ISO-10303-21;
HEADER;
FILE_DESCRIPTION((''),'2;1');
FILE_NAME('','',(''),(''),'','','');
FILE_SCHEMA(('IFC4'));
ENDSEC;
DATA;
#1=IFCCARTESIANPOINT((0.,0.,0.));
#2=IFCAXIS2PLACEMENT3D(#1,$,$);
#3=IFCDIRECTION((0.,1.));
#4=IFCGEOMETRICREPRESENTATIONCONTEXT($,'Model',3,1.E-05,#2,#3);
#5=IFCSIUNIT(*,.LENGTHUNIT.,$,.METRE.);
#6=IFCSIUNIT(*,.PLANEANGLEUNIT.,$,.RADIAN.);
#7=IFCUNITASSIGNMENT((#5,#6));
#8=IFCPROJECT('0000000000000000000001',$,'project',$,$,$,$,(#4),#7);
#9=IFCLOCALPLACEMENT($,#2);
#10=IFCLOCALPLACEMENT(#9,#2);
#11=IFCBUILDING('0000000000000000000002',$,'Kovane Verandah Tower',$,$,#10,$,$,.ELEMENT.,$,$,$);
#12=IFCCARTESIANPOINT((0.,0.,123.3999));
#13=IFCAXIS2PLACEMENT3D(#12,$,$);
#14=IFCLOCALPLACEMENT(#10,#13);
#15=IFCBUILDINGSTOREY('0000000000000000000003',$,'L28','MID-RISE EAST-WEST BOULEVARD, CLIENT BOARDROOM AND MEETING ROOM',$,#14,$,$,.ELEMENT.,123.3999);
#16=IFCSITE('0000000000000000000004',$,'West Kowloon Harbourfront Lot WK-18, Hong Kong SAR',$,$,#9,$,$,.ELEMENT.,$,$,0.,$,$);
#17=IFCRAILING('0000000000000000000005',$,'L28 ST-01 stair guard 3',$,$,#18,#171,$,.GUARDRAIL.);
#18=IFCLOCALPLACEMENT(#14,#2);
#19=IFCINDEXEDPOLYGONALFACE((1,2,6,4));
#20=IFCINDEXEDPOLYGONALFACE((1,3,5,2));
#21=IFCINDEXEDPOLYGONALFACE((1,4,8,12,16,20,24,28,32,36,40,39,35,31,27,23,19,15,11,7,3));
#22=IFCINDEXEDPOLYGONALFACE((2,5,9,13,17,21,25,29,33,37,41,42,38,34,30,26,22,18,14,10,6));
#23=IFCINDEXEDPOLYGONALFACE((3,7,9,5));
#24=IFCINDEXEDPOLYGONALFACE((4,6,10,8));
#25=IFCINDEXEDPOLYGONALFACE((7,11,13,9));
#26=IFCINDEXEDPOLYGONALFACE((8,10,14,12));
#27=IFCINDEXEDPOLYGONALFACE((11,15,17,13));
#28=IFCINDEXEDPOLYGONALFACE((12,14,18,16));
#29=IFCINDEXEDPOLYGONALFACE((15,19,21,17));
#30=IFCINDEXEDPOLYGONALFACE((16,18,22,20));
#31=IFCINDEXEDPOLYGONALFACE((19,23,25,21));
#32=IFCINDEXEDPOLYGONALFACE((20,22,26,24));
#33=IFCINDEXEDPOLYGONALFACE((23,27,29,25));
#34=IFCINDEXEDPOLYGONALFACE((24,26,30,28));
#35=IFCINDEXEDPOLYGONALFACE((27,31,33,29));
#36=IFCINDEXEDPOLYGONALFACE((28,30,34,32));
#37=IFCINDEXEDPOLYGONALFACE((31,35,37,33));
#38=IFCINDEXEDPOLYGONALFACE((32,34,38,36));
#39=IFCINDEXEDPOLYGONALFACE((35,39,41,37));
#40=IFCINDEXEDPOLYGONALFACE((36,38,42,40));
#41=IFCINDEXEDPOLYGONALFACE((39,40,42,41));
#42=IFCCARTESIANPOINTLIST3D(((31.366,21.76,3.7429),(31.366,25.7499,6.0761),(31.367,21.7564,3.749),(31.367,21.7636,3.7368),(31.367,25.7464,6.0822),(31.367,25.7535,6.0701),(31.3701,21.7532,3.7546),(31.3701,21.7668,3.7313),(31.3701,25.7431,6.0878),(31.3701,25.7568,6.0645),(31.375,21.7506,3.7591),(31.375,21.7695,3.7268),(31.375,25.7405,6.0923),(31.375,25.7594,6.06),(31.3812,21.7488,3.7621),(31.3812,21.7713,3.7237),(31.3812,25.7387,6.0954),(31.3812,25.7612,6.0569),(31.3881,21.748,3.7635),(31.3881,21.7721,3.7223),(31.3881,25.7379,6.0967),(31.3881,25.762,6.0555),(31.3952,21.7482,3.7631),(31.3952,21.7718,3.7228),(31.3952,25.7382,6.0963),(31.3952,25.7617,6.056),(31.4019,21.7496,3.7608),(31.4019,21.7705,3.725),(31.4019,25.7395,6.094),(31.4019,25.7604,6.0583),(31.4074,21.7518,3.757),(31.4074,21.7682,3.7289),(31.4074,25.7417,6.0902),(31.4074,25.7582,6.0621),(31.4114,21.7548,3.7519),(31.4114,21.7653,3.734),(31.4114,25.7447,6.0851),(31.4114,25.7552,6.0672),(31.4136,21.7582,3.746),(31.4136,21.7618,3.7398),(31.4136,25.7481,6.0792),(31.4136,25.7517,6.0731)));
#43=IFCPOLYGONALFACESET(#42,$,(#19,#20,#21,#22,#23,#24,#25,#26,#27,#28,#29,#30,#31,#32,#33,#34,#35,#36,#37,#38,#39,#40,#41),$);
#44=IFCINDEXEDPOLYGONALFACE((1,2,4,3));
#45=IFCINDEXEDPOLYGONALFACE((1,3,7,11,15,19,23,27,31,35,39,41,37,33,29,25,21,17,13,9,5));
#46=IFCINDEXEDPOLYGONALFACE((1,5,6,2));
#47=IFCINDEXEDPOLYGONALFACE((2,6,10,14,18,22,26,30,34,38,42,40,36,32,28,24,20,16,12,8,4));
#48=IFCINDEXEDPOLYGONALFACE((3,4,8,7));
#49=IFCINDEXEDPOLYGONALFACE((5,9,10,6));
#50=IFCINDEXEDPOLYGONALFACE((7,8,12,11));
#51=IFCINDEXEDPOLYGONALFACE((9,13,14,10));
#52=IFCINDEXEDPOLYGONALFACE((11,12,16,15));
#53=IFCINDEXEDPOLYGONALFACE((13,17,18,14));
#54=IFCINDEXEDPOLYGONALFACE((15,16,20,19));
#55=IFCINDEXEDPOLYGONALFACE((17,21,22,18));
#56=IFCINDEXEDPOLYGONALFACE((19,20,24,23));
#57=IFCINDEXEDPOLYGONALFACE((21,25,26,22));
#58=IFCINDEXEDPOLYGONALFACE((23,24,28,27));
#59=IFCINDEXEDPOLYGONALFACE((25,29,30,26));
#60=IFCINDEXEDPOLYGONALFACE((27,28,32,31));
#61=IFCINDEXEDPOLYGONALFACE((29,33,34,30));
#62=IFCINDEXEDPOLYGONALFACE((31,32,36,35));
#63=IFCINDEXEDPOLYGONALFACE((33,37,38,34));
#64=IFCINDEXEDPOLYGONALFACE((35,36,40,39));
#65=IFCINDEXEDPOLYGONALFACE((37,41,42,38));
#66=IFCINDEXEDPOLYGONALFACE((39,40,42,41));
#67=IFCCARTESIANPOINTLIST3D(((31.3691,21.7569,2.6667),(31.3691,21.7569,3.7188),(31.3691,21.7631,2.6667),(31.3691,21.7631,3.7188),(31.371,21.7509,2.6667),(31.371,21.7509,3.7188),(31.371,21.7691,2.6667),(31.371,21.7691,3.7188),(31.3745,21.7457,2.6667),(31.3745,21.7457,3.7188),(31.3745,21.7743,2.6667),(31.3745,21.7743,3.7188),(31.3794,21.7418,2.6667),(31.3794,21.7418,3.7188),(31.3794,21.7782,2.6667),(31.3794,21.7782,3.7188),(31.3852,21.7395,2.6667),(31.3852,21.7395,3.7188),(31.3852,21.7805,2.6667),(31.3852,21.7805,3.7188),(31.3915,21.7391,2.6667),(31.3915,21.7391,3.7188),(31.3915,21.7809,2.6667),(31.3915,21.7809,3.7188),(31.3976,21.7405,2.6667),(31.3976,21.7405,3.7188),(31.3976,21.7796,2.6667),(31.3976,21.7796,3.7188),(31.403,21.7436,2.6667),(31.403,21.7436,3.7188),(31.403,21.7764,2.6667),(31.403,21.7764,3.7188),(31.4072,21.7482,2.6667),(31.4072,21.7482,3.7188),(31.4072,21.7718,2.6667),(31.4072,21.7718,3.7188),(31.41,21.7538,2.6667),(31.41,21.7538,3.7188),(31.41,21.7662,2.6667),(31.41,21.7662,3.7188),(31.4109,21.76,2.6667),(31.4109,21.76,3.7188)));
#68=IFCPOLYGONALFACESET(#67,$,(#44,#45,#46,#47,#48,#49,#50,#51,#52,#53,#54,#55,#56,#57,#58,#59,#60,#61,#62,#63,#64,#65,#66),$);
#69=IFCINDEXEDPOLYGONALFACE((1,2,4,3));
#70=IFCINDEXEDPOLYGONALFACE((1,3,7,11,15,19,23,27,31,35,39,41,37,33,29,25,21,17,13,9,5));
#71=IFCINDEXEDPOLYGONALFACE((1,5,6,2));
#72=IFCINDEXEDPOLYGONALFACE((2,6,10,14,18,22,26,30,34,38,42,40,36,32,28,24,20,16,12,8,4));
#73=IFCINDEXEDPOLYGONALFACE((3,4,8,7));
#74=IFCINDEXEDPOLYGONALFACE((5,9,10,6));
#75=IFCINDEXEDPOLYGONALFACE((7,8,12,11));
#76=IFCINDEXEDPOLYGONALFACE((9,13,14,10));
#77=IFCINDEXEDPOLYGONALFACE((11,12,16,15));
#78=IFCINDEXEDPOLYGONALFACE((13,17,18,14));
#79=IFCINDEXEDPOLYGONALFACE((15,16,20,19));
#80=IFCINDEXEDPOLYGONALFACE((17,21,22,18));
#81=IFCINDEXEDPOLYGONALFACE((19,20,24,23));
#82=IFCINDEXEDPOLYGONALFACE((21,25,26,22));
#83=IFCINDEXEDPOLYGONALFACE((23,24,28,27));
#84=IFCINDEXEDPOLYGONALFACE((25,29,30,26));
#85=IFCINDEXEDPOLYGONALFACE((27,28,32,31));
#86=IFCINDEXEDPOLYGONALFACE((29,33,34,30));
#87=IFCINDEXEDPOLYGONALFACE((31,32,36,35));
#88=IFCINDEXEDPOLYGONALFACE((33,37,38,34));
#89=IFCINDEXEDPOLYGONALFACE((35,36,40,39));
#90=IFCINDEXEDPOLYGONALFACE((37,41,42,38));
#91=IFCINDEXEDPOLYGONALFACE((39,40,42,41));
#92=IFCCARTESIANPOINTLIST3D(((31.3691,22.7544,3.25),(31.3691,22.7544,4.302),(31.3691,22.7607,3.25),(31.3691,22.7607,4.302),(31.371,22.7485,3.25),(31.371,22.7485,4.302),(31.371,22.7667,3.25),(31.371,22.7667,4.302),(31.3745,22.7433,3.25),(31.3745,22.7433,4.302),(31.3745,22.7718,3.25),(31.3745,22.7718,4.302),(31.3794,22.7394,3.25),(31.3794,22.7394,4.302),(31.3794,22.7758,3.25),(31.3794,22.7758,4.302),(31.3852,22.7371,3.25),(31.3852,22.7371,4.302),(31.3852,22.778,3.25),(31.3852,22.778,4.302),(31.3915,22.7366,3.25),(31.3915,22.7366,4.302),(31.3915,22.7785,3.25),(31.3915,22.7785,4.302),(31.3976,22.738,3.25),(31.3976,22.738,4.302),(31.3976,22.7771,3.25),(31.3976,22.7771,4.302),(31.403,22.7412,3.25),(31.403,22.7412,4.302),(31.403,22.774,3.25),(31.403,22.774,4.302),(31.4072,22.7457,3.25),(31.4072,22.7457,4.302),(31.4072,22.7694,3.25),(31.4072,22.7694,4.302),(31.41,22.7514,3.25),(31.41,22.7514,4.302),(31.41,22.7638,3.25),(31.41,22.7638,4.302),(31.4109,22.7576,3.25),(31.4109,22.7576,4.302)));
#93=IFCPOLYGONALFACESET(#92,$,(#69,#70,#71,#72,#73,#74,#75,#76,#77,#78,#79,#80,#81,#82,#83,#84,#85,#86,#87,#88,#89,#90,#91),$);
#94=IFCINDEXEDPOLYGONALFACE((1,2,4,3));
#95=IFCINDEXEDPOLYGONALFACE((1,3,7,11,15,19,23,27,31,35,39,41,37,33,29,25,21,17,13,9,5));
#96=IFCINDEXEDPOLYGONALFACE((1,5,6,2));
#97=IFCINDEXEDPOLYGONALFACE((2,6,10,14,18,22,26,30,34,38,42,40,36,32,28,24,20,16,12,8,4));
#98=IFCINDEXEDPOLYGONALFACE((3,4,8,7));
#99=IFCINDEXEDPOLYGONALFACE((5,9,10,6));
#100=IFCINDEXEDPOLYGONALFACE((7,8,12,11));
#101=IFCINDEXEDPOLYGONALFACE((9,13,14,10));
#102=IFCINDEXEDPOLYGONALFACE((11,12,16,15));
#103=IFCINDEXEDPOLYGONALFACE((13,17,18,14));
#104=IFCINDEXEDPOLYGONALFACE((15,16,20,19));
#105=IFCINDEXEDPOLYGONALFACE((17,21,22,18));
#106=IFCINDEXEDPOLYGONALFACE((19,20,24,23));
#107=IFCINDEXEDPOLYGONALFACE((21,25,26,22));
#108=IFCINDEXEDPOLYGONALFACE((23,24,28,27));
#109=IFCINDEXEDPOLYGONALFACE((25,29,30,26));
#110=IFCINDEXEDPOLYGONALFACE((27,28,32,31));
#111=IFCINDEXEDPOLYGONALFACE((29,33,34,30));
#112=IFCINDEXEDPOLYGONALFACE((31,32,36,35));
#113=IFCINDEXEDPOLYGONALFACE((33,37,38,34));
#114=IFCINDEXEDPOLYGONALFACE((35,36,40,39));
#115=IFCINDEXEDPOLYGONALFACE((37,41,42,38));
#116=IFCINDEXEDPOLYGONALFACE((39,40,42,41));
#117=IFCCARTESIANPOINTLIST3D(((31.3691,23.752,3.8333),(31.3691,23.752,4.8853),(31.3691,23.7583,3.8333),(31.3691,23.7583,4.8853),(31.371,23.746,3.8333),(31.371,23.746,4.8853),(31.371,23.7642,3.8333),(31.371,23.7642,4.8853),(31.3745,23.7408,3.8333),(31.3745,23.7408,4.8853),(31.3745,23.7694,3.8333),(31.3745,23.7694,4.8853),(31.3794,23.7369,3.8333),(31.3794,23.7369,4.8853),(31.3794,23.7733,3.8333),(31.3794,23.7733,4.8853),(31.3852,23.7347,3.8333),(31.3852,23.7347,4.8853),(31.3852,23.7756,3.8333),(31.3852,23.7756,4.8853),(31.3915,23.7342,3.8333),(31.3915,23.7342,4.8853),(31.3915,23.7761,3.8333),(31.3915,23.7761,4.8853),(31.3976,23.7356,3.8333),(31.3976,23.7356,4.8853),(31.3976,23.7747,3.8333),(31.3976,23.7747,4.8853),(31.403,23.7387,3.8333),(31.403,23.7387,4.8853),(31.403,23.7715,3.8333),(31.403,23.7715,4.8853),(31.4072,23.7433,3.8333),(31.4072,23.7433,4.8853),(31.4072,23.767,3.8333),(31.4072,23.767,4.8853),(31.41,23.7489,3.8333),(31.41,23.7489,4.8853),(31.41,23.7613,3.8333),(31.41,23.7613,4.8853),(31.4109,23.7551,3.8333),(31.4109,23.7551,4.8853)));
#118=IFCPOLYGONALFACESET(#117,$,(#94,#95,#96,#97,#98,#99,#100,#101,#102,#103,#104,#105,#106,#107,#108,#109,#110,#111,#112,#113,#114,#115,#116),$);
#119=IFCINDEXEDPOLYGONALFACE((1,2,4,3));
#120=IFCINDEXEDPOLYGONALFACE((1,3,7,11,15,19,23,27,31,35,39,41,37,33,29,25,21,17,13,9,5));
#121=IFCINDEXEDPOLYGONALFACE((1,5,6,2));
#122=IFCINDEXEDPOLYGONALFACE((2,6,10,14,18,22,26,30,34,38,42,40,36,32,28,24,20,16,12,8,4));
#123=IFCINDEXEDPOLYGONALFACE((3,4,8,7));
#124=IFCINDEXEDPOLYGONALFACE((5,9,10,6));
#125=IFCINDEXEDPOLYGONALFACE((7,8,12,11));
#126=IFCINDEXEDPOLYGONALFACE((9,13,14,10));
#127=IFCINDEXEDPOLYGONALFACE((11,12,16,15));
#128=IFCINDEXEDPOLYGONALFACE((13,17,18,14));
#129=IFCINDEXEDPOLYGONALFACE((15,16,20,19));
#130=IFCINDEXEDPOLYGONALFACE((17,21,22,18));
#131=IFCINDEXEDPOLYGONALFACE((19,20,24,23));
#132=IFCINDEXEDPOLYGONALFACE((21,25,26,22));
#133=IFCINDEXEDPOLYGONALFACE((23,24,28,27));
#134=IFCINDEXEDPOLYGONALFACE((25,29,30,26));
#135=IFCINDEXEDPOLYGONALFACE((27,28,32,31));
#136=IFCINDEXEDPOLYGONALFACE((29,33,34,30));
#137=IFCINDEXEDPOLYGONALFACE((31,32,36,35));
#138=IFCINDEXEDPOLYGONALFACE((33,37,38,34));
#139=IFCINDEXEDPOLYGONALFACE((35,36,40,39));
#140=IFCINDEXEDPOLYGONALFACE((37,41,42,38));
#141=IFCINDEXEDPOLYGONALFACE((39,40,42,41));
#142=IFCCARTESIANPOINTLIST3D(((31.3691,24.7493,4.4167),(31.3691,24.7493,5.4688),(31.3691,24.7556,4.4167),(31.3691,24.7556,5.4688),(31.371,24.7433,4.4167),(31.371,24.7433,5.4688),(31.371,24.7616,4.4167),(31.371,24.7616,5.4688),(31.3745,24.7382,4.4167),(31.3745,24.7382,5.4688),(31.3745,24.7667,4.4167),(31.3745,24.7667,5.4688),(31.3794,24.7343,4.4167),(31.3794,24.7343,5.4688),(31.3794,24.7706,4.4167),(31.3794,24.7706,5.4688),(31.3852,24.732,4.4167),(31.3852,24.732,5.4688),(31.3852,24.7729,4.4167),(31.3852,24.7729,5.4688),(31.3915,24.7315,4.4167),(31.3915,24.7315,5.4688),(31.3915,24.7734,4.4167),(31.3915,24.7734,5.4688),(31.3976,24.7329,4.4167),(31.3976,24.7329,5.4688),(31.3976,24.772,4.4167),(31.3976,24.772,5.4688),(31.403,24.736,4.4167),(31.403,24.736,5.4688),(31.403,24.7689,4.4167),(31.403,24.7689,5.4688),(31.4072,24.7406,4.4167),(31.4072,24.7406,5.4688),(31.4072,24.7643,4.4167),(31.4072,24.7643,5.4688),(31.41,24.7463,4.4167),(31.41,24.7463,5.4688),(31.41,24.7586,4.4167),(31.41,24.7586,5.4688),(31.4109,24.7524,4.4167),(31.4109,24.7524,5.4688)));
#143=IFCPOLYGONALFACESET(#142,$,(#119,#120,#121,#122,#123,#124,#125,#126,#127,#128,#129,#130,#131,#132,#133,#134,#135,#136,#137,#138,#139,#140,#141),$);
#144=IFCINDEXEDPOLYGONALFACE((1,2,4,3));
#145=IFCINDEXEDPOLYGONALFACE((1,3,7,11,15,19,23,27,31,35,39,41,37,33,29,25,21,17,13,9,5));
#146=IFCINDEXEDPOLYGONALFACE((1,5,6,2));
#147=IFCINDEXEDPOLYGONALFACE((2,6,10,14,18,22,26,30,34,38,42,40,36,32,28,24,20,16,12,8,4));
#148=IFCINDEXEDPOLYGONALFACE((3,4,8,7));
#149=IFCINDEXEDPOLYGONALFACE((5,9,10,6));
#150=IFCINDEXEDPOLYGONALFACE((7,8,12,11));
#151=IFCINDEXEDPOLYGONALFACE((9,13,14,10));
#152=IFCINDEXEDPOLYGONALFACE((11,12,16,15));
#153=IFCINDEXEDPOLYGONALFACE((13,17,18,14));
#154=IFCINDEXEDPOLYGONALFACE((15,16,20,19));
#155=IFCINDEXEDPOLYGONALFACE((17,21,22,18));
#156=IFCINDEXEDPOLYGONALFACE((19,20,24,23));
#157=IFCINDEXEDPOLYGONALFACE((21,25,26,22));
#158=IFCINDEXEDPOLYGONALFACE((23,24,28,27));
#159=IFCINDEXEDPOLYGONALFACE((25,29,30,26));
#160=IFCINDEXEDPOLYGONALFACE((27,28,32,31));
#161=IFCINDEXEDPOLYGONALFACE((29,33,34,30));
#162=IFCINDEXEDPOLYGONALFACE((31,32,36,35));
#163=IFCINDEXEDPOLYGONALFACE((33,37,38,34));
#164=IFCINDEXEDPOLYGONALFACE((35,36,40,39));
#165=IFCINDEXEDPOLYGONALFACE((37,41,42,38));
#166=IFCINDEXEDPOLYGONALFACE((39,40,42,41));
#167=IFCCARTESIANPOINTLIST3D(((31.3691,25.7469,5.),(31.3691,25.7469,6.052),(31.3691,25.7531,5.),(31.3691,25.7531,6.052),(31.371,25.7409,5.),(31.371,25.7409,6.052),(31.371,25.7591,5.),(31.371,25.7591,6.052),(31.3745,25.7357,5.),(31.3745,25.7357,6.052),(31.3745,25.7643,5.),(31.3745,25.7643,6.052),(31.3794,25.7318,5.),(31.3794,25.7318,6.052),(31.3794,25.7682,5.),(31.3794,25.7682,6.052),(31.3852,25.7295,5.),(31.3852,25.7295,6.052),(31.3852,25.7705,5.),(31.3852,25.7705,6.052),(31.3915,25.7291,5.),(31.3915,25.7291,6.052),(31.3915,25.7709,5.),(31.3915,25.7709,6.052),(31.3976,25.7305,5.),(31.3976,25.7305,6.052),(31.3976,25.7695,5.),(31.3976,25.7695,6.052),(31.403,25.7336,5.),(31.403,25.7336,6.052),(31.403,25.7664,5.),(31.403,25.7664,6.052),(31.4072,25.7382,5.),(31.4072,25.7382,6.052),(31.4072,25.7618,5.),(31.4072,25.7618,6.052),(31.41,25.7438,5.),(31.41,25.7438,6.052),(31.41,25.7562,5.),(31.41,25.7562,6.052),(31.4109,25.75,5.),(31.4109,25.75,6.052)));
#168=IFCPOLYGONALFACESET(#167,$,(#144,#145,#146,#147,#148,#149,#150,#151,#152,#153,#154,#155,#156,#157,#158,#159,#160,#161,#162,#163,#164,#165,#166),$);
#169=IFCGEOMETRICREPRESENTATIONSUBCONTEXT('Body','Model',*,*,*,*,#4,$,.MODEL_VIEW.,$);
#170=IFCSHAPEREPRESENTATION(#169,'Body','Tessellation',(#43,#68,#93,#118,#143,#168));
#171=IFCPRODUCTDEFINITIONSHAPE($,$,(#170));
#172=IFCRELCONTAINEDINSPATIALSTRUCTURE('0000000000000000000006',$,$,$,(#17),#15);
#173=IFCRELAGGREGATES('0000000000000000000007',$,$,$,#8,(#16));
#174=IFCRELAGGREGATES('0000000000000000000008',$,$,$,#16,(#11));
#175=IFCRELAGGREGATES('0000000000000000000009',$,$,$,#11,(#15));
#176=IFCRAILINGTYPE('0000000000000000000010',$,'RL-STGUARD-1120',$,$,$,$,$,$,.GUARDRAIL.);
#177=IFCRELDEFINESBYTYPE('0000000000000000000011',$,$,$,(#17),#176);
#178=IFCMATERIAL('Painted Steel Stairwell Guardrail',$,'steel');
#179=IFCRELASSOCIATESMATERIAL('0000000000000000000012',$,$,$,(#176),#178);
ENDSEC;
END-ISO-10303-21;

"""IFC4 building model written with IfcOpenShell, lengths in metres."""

from ifc_helpers import new_model, si_unit, direction, frame, origin, origin_2d, place, context, subcontext, project, spatial, circle, extrude, material, type_object, element, save


model = new_model("IFC4")

# Units and contexts
model_context = context("Model", 3, precision=1e-05, world=origin(), true_north=direction((0.0, 1.0)))
body_context = subcontext(model_context, "Body", "Model", "MODEL_VIEW")
ifc_project = project(units=[si_unit("LENGTHUNIT", "METRE"), si_unit("PLANEANGLEUNIT", "RADIAN")], contexts=[model_context])

# Site, building, storey
site_placement = place(None, origin())
site = spatial("IfcSite", under=ifc_project, at=site_placement, Name="West Kowloon Harbourfront Lot WK-18, Hong Kong SAR", CompositionType="ELEMENT", RefElevation=0.0)
building_placement = place(site_placement, origin())
building = spatial("IfcBuilding", under=site, at=building_placement, Name="Kovane Verandah Tower", CompositionType="ELEMENT")
storey_placement = place(building_placement, frame((0.0, 0.0, 123.3999)))
storey = spatial("IfcBuildingStorey", under=building, at=storey_placement, Name="L28", Description="MID-RISE EAST-WEST BOULEVARD, CLIENT BOARDROOM AND MEETING ROOM", CompositionType="ELEMENT", Elevation=123.3999)

# Railing
ifc_material_1 = material(Name="Painted Steel Stairwell Guardrail", Category="steel")
railing_type_1 = type_object("IfcRailingType", Name="RL-STGUARD-1120", PredefinedType="GUARDRAIL", material=ifc_material_1)
railing_1_placement = place(storey_placement, frame((31.3899, 21.76, 2.6667)))
element("IfcRailing", 1, at=railing_1_placement, inside=storey, type_object=railing_type_1, Name="L28 ST-01 stair guard 3", PredefinedType="GUARDRAIL", context=body_context, shape_type="SweptSolid", body=[
    extrude(circle(Radius=0.0239, at=origin_2d()), frame((0.0, 0.0, 1.0762), z_axis=(0.0, 0.863236, 0.5048), x_axis=(-1.0, 0.0, 0.0)), (0.0, 0.0, 1.0), 4.6221),
    extrude(circle(Radius=0.021, at=origin_2d()), origin(), (0.0, 0.0, 1.0), 1.052),
    extrude(circle(Radius=0.021, at=origin_2d()), frame((0.0, 0.9976, 0.5833)), (0.0, 0.0, 1.0), 1.052),
    extrude(circle(Radius=0.021, at=origin_2d()), frame((0.0, 1.9951, 1.1665)), (0.0, 0.0, 1.0), 1.052),
    extrude(circle(Radius=0.021, at=origin_2d()), frame((0.0, 2.9924, 1.75)), (0.0, 0.0, 1.0), 1.052),
    extrude(circle(Radius=0.021, at=origin_2d()), frame((0.0, 3.99, 2.3333)), (0.0, 0.0, 1.0), 1.052),
])

save(model, "model.ifc")
